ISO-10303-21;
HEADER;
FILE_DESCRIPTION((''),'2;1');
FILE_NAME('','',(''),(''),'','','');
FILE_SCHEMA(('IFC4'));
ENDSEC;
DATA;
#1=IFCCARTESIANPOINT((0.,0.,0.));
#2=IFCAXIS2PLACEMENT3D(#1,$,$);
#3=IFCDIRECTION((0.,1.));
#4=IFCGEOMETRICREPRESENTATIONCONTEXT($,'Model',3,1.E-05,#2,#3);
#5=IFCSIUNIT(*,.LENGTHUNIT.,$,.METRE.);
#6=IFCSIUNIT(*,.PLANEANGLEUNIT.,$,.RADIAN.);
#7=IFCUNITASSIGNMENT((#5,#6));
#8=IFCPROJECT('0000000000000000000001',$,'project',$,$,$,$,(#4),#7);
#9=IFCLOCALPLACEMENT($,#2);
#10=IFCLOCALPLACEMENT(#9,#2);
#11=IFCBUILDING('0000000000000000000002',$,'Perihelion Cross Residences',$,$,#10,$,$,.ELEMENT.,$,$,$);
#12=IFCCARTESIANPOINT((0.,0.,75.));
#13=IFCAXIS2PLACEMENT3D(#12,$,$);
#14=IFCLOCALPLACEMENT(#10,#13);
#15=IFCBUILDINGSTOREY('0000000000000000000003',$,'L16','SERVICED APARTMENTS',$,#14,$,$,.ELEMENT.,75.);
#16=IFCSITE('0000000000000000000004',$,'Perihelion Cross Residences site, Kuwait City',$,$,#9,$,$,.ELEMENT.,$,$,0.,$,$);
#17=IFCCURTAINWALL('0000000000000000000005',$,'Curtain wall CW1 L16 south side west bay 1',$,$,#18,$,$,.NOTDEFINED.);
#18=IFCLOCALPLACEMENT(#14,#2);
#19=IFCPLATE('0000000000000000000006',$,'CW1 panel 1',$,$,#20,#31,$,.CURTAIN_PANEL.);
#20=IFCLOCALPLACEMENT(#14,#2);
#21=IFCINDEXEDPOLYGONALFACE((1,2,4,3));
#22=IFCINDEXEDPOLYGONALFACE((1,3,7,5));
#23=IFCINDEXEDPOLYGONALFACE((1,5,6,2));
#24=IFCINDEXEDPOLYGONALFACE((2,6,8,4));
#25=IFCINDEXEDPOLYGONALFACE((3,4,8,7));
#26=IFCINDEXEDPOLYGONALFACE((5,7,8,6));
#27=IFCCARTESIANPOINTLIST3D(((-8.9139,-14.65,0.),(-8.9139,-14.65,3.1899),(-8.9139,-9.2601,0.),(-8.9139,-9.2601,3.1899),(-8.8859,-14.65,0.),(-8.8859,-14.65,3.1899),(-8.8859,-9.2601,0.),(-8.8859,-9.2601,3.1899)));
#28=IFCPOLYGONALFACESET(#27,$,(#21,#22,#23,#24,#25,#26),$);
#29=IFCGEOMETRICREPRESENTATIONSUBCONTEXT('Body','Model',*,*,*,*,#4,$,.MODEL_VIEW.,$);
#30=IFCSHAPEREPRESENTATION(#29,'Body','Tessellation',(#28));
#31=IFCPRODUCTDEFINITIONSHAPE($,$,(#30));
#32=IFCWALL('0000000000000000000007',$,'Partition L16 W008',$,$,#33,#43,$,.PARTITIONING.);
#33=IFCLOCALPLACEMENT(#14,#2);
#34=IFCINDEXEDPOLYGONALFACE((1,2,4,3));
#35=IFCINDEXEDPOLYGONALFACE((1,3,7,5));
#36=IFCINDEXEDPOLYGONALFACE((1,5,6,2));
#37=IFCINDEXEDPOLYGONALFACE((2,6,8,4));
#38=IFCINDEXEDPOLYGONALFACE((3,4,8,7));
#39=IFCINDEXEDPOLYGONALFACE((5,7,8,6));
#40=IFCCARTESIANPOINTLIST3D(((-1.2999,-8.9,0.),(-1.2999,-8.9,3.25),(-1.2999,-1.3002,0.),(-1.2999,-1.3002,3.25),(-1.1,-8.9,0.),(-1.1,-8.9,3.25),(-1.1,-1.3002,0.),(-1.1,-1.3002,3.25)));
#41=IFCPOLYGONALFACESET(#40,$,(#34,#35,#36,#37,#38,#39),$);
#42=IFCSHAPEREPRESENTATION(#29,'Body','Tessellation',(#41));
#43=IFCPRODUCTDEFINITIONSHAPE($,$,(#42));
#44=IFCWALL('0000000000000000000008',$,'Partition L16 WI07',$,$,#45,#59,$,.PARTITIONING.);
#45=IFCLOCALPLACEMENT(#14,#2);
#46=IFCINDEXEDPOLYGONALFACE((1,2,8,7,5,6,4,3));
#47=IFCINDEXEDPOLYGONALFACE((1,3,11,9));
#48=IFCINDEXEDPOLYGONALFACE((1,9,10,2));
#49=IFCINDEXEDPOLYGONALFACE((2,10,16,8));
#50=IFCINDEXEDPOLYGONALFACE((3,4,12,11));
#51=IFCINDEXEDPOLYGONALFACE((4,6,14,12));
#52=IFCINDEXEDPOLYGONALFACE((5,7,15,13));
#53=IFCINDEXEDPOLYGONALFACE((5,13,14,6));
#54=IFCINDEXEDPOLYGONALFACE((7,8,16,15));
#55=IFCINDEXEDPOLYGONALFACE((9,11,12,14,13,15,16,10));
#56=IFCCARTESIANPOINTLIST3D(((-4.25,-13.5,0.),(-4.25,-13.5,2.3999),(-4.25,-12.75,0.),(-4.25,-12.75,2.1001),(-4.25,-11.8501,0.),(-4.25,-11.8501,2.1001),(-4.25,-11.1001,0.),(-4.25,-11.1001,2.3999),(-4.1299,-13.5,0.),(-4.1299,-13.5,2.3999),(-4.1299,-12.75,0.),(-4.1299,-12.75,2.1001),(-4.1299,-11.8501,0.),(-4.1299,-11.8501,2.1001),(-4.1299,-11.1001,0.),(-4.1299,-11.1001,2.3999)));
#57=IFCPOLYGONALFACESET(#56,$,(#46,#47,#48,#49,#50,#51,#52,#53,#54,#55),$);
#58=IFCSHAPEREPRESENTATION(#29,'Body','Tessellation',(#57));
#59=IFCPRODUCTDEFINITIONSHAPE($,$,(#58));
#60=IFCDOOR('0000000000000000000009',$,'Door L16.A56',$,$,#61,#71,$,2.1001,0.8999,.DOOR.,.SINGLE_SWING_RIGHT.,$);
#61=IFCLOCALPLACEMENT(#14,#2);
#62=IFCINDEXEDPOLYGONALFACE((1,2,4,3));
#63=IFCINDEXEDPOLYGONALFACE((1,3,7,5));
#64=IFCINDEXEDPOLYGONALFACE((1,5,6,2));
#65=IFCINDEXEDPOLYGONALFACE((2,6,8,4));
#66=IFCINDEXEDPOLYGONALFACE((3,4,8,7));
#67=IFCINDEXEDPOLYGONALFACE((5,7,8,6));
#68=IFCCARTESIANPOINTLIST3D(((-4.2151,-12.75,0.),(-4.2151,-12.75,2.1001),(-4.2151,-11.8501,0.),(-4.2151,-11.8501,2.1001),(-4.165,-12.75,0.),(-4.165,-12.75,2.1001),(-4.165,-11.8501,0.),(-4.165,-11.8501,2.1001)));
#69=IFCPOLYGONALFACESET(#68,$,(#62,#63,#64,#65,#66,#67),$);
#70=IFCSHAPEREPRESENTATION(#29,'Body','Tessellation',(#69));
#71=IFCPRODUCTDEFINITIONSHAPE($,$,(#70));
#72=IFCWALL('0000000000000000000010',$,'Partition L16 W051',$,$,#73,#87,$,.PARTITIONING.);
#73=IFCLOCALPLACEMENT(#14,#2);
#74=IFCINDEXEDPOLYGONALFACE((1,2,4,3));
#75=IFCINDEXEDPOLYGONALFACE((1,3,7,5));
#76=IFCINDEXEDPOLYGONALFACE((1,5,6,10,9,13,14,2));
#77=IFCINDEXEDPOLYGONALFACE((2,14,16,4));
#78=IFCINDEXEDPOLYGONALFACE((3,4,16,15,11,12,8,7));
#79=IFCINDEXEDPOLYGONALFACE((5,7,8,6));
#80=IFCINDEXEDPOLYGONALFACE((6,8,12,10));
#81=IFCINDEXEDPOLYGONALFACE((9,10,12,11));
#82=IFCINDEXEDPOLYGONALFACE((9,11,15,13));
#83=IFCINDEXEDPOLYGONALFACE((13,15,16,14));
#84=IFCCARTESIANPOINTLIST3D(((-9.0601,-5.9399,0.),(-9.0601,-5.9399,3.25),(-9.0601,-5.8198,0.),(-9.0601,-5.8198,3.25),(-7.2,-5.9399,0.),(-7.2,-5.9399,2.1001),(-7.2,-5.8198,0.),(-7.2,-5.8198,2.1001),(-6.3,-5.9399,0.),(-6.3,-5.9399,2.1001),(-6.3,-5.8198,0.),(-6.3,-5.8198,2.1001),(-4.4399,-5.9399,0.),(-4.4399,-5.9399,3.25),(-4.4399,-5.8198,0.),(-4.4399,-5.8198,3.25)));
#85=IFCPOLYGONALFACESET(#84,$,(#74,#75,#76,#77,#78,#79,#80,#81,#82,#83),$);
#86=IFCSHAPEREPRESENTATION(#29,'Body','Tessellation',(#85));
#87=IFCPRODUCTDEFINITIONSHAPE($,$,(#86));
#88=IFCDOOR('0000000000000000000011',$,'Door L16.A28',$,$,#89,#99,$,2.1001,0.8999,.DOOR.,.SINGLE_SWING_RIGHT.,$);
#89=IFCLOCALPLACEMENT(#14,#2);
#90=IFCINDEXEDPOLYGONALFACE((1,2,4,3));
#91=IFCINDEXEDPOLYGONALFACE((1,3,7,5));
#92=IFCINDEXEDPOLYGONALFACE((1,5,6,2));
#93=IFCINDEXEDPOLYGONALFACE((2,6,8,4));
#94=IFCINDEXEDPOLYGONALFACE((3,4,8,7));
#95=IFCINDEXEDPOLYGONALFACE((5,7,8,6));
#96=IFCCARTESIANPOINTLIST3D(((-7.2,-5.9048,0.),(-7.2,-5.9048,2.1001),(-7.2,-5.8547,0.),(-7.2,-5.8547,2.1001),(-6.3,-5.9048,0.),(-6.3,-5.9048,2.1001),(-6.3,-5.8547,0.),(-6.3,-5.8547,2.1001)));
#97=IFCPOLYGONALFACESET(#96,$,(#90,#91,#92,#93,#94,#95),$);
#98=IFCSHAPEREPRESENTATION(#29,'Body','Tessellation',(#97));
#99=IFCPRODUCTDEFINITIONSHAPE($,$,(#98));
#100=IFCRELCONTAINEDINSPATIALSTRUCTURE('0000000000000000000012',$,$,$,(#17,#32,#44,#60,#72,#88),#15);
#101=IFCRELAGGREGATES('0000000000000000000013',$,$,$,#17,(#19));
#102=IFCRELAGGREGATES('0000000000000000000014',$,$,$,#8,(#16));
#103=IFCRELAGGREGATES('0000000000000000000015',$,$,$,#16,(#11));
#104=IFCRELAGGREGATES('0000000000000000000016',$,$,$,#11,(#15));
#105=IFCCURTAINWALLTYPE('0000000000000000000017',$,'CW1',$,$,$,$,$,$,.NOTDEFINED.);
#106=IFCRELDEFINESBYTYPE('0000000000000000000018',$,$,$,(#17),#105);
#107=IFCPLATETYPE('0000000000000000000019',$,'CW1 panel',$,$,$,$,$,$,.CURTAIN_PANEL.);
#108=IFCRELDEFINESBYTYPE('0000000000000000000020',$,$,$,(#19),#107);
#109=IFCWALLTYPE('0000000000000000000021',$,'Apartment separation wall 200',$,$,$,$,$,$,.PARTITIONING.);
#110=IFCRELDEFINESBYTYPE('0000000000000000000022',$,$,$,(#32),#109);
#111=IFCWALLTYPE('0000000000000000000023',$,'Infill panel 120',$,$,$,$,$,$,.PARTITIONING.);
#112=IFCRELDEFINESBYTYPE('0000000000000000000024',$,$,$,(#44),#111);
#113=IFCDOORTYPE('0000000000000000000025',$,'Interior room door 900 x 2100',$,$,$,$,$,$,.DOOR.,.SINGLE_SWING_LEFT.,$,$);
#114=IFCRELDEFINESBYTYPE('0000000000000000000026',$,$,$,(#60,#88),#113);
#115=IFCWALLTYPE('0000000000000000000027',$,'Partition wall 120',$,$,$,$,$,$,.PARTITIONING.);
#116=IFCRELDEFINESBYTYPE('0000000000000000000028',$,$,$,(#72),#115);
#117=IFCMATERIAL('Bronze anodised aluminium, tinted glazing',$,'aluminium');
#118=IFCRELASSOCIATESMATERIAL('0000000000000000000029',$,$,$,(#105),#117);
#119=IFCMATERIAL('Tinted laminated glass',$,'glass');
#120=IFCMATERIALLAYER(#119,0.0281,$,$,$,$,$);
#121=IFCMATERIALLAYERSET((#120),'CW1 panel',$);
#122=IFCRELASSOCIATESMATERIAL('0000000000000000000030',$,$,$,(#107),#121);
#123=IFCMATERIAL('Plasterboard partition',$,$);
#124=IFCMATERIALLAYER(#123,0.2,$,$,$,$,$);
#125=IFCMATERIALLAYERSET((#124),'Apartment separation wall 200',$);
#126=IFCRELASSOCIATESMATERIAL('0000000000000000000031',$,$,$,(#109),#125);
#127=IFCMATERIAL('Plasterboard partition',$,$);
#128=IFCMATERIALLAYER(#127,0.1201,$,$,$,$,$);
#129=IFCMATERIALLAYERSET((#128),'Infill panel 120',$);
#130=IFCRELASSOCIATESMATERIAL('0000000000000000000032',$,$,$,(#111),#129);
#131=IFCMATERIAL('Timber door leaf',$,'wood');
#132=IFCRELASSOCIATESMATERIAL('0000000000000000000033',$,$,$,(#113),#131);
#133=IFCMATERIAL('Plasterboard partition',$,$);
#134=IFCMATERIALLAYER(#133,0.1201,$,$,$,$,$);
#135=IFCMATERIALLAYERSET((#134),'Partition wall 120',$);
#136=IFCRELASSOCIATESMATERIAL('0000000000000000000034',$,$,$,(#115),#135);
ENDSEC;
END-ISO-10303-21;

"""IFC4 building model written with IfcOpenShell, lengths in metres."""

from ifc_helpers import new_model, si_unit, direction, frame, frame_2d, origin, origin_2d, place, context, subcontext, project, spatial, rectangle, extrude, material, layer, layer_set, type_object, element, fill, aggregate, save


model = new_model("IFC4")

# Units and contexts
model_context = context("Model", 3, precision=1e-05, world=origin(), true_north=direction((0.0, 1.0)))
body_context = subcontext(model_context, "Body", "Model", "MODEL_VIEW")
ifc_project = project(units=[si_unit("LENGTHUNIT", "METRE"), si_unit("PLANEANGLEUNIT", "RADIAN")], contexts=[model_context])

# Site, building, storey
site_placement = place(None, origin())
site = spatial("IfcSite", under=ifc_project, at=site_placement, Name="Perihelion Cross Residences site, Kuwait City", CompositionType="ELEMENT", RefElevation=0.0)
building_placement = place(site_placement, origin())
building = spatial("IfcBuilding", under=site, at=building_placement, Name="Perihelion Cross Residences", CompositionType="ELEMENT")
storey_placement = place(building_placement, frame((0.0, 0.0, 75.0)))
storey = spatial("IfcBuildingStorey", under=building, at=storey_placement, Name="L16", Description="SERVICED APARTMENTS", CompositionType="ELEMENT", Elevation=75.0)

# Curtain wall
ifc_material_1 = material(Name="Bronze anodised aluminium, tinted glazing", Category="aluminium")
curtain_wall_type = type_object("IfcCurtainWallType", Name="CW1", PredefinedType="NOTDEFINED", material=ifc_material_1)
curtain_wall_placement = place(storey_placement, origin())
curtain_wall = element("IfcCurtainWall", 1, at=curtain_wall_placement, inside=storey, type_object=curtain_wall_type, Name="Curtain wall CW1 L16 south side west bay 1", PredefinedType="NOTDEFINED")

# Plate
ifc_material_2 = material(Name="Tinted laminated glass", Category="glass")
ifc_layer_1 = layer(ifc_material_2, 0.0281)
ifc_layer_set_1 = layer_set([ifc_layer_1], Name="CW1 panel")
plate_type = type_object("IfcPlateType", Name="CW1 panel", PredefinedType="CURTAIN_PANEL", material=ifc_layer_set_1)
plate_placement = place(storey_placement, frame((-8.8999, -11.9551, 0.0), z_axis=(0.0, 0.0, 1.0), x_axis=(0.0, -1.0, 0.0)))
plate = element("IfcPlate", 2, at=plate_placement, type_object=plate_type, Name="CW1 panel 1", PredefinedType="CURTAIN_PANEL", context=body_context, shape_type="SweptSolid", body=[
    extrude(rectangle(XDim=5.3899, YDim=0.0281, at=origin_2d()), origin(), (0.0, 0.0, 1.0), 3.1899),
])
aggregate(curtain_wall, [plate])

# Wall
ifc_material_3 = material(Name="Plasterboard partition")
ifc_layer_2 = layer(ifc_material_3, 0.2)
ifc_layer_set_2 = layer_set([ifc_layer_2], Name="Apartment separation wall 200")
wall_type_1 = type_object("IfcWallType", Name="Apartment separation wall 200", PredefinedType="PARTITIONING", material=ifc_layer_set_2)
wall_1_placement = place(storey_placement, frame((-1.2, -8.8999, 0.0), z_axis=(0.0, 0.0, 1.0), x_axis=(0.0, 1.0, 0.0)))
element("IfcWall", 3, at=wall_1_placement, inside=storey, type_object=wall_type_1, Name="Partition L16 W008", PredefinedType="PARTITIONING", context=body_context, shape_type="SweptSolid", body=[
    extrude(rectangle(XDim=7.5999, YDim=0.2, at=frame_2d((3.7998, 0.0))), origin(), (0.0, 0.0, 1.0), 3.25),
])

# Walls, openings, doors
ifc_material_4 = material(Name="Plasterboard partition")
ifc_layer_3 = layer(ifc_material_4, 0.1201)
ifc_layer_set_3 = layer_set([ifc_layer_3], Name="Infill panel 120")
wall_type_2 = type_object("IfcWallType", Name="Infill panel 120", PredefinedType="PARTITIONING", material=ifc_layer_set_3)
wall_2_placement = place(storey_placement, frame((-4.1899, -11.1001, 0.0), z_axis=(0.0, 0.0, 1.0), x_axis=(0.0, -1.0, 0.0)))
wall_2 = element("IfcWall", 4, at=wall_2_placement, inside=storey, type_object=wall_type_2, Name="Partition L16 WI07", PredefinedType="PARTITIONING", context=body_context, shape_type="SweptSolid", body=[
    extrude(rectangle(XDim=2.3999, YDim=0.1201, at=frame_2d((1.2, 0.0))), origin(), (0.0, 0.0, 1.0), 2.3999),
])
opening_1_placement = place(wall_2_placement, frame((0.75, 0.0, 0.0)))
opening_1 = element("IfcOpeningElement", 5, at=opening_1_placement, cuts=wall_2, PredefinedType="OPENING", context=body_context, shape_type="SweptSolid", body=[
    extrude(rectangle(XDim=0.8999, YDim=2.1001, at=frame_2d((0.45, 1.05))), frame((0.0, 0.0701, 0.0), z_axis=(0.0, -1.0, 0.0), x_axis=(1.0, 0.0, 0.0)), (0.0, 0.0, 1.0), 0.1401),
])
ifc_material_5 = material(Name="Timber door leaf", Category="wood")
door_type_1 = type_object("IfcDoorType", Name="Interior room door 900 x 2100", OperationType="SINGLE_SWING_LEFT", PredefinedType="DOOR", material=ifc_material_5)
door_1_placement = place(opening_1_placement, origin())
door_1 = element("IfcDoor", 6, at=door_1_placement, inside=storey, type_object=door_type_1, Name="Door L16.A56", OperationType="SINGLE_SWING_RIGHT", OverallHeight=2.1001, OverallWidth=0.8999, PredefinedType="DOOR", context=body_context, shape_type="SweptSolid", body=[
    extrude(rectangle(XDim=0.8999, YDim=2.1001, at=frame_2d((0.45, 1.05))), frame((0.0, 0.0249, 0.0), z_axis=(0.0, -1.0, 0.0), x_axis=(1.0, 0.0, 0.0)), (0.0, 0.0, 1.0), 0.05),
])
fill(opening_1, door_1)
ifc_material_6 = material(Name="Plasterboard partition")
ifc_layer_4 = layer(ifc_material_6, 0.1201)
ifc_layer_set_4 = layer_set([ifc_layer_4], Name="Partition wall 120")
wall_type_3 = type_object("IfcWallType", Name="Partition wall 120", PredefinedType="PARTITIONING", material=ifc_layer_set_4)
wall_3_placement = place(storey_placement, frame((-4.4399, -5.8799, 0.0), z_axis=(0.0, 0.0, 1.0), x_axis=(-1.0, 0.0, 0.0)))
wall_3 = element("IfcWall", 7, at=wall_3_placement, inside=storey, type_object=wall_type_3, Name="Partition L16 W051", PredefinedType="PARTITIONING", context=body_context, shape_type="SweptSolid", body=[
    extrude(rectangle(XDim=4.6201, YDim=0.1201, at=frame_2d((2.3101, 0.0))), origin(), (0.0, 0.0, 1.0), 3.25),
])
opening_2_placement = place(wall_3_placement, frame((1.8601, 0.0, 0.0)))
opening_2 = element("IfcOpeningElement", 8, at=opening_2_placement, cuts=wall_3, PredefinedType="OPENING", context=body_context, shape_type="SweptSolid", body=[
    extrude(rectangle(XDim=0.8999, YDim=2.1001, at=frame_2d((0.45, 1.05))), frame((0.0, 0.0701, 0.0), z_axis=(0.0, -1.0, 0.0), x_axis=(1.0, 0.0, 0.0)), (0.0, 0.0, 1.0), 0.1401),
])
door_2_placement = place(opening_2_placement, origin())
door_2 = element("IfcDoor", 9, at=door_2_placement, inside=storey, type_object=door_type_1, Name="Door L16.A28", OperationType="SINGLE_SWING_RIGHT", OverallHeight=2.1001, OverallWidth=0.8999, PredefinedType="DOOR", context=body_context, shape_type="SweptSolid", body=[
    extrude(rectangle(XDim=0.8999, YDim=2.1001, at=frame_2d((0.45, 1.05))), frame((0.0, 0.0249, 0.0), z_axis=(0.0, -1.0, 0.0), x_axis=(1.0, 0.0, 0.0)), (0.0, 0.0, 1.0), 0.05),
])
fill(opening_2, door_2)

save(model, "model.ifc")
